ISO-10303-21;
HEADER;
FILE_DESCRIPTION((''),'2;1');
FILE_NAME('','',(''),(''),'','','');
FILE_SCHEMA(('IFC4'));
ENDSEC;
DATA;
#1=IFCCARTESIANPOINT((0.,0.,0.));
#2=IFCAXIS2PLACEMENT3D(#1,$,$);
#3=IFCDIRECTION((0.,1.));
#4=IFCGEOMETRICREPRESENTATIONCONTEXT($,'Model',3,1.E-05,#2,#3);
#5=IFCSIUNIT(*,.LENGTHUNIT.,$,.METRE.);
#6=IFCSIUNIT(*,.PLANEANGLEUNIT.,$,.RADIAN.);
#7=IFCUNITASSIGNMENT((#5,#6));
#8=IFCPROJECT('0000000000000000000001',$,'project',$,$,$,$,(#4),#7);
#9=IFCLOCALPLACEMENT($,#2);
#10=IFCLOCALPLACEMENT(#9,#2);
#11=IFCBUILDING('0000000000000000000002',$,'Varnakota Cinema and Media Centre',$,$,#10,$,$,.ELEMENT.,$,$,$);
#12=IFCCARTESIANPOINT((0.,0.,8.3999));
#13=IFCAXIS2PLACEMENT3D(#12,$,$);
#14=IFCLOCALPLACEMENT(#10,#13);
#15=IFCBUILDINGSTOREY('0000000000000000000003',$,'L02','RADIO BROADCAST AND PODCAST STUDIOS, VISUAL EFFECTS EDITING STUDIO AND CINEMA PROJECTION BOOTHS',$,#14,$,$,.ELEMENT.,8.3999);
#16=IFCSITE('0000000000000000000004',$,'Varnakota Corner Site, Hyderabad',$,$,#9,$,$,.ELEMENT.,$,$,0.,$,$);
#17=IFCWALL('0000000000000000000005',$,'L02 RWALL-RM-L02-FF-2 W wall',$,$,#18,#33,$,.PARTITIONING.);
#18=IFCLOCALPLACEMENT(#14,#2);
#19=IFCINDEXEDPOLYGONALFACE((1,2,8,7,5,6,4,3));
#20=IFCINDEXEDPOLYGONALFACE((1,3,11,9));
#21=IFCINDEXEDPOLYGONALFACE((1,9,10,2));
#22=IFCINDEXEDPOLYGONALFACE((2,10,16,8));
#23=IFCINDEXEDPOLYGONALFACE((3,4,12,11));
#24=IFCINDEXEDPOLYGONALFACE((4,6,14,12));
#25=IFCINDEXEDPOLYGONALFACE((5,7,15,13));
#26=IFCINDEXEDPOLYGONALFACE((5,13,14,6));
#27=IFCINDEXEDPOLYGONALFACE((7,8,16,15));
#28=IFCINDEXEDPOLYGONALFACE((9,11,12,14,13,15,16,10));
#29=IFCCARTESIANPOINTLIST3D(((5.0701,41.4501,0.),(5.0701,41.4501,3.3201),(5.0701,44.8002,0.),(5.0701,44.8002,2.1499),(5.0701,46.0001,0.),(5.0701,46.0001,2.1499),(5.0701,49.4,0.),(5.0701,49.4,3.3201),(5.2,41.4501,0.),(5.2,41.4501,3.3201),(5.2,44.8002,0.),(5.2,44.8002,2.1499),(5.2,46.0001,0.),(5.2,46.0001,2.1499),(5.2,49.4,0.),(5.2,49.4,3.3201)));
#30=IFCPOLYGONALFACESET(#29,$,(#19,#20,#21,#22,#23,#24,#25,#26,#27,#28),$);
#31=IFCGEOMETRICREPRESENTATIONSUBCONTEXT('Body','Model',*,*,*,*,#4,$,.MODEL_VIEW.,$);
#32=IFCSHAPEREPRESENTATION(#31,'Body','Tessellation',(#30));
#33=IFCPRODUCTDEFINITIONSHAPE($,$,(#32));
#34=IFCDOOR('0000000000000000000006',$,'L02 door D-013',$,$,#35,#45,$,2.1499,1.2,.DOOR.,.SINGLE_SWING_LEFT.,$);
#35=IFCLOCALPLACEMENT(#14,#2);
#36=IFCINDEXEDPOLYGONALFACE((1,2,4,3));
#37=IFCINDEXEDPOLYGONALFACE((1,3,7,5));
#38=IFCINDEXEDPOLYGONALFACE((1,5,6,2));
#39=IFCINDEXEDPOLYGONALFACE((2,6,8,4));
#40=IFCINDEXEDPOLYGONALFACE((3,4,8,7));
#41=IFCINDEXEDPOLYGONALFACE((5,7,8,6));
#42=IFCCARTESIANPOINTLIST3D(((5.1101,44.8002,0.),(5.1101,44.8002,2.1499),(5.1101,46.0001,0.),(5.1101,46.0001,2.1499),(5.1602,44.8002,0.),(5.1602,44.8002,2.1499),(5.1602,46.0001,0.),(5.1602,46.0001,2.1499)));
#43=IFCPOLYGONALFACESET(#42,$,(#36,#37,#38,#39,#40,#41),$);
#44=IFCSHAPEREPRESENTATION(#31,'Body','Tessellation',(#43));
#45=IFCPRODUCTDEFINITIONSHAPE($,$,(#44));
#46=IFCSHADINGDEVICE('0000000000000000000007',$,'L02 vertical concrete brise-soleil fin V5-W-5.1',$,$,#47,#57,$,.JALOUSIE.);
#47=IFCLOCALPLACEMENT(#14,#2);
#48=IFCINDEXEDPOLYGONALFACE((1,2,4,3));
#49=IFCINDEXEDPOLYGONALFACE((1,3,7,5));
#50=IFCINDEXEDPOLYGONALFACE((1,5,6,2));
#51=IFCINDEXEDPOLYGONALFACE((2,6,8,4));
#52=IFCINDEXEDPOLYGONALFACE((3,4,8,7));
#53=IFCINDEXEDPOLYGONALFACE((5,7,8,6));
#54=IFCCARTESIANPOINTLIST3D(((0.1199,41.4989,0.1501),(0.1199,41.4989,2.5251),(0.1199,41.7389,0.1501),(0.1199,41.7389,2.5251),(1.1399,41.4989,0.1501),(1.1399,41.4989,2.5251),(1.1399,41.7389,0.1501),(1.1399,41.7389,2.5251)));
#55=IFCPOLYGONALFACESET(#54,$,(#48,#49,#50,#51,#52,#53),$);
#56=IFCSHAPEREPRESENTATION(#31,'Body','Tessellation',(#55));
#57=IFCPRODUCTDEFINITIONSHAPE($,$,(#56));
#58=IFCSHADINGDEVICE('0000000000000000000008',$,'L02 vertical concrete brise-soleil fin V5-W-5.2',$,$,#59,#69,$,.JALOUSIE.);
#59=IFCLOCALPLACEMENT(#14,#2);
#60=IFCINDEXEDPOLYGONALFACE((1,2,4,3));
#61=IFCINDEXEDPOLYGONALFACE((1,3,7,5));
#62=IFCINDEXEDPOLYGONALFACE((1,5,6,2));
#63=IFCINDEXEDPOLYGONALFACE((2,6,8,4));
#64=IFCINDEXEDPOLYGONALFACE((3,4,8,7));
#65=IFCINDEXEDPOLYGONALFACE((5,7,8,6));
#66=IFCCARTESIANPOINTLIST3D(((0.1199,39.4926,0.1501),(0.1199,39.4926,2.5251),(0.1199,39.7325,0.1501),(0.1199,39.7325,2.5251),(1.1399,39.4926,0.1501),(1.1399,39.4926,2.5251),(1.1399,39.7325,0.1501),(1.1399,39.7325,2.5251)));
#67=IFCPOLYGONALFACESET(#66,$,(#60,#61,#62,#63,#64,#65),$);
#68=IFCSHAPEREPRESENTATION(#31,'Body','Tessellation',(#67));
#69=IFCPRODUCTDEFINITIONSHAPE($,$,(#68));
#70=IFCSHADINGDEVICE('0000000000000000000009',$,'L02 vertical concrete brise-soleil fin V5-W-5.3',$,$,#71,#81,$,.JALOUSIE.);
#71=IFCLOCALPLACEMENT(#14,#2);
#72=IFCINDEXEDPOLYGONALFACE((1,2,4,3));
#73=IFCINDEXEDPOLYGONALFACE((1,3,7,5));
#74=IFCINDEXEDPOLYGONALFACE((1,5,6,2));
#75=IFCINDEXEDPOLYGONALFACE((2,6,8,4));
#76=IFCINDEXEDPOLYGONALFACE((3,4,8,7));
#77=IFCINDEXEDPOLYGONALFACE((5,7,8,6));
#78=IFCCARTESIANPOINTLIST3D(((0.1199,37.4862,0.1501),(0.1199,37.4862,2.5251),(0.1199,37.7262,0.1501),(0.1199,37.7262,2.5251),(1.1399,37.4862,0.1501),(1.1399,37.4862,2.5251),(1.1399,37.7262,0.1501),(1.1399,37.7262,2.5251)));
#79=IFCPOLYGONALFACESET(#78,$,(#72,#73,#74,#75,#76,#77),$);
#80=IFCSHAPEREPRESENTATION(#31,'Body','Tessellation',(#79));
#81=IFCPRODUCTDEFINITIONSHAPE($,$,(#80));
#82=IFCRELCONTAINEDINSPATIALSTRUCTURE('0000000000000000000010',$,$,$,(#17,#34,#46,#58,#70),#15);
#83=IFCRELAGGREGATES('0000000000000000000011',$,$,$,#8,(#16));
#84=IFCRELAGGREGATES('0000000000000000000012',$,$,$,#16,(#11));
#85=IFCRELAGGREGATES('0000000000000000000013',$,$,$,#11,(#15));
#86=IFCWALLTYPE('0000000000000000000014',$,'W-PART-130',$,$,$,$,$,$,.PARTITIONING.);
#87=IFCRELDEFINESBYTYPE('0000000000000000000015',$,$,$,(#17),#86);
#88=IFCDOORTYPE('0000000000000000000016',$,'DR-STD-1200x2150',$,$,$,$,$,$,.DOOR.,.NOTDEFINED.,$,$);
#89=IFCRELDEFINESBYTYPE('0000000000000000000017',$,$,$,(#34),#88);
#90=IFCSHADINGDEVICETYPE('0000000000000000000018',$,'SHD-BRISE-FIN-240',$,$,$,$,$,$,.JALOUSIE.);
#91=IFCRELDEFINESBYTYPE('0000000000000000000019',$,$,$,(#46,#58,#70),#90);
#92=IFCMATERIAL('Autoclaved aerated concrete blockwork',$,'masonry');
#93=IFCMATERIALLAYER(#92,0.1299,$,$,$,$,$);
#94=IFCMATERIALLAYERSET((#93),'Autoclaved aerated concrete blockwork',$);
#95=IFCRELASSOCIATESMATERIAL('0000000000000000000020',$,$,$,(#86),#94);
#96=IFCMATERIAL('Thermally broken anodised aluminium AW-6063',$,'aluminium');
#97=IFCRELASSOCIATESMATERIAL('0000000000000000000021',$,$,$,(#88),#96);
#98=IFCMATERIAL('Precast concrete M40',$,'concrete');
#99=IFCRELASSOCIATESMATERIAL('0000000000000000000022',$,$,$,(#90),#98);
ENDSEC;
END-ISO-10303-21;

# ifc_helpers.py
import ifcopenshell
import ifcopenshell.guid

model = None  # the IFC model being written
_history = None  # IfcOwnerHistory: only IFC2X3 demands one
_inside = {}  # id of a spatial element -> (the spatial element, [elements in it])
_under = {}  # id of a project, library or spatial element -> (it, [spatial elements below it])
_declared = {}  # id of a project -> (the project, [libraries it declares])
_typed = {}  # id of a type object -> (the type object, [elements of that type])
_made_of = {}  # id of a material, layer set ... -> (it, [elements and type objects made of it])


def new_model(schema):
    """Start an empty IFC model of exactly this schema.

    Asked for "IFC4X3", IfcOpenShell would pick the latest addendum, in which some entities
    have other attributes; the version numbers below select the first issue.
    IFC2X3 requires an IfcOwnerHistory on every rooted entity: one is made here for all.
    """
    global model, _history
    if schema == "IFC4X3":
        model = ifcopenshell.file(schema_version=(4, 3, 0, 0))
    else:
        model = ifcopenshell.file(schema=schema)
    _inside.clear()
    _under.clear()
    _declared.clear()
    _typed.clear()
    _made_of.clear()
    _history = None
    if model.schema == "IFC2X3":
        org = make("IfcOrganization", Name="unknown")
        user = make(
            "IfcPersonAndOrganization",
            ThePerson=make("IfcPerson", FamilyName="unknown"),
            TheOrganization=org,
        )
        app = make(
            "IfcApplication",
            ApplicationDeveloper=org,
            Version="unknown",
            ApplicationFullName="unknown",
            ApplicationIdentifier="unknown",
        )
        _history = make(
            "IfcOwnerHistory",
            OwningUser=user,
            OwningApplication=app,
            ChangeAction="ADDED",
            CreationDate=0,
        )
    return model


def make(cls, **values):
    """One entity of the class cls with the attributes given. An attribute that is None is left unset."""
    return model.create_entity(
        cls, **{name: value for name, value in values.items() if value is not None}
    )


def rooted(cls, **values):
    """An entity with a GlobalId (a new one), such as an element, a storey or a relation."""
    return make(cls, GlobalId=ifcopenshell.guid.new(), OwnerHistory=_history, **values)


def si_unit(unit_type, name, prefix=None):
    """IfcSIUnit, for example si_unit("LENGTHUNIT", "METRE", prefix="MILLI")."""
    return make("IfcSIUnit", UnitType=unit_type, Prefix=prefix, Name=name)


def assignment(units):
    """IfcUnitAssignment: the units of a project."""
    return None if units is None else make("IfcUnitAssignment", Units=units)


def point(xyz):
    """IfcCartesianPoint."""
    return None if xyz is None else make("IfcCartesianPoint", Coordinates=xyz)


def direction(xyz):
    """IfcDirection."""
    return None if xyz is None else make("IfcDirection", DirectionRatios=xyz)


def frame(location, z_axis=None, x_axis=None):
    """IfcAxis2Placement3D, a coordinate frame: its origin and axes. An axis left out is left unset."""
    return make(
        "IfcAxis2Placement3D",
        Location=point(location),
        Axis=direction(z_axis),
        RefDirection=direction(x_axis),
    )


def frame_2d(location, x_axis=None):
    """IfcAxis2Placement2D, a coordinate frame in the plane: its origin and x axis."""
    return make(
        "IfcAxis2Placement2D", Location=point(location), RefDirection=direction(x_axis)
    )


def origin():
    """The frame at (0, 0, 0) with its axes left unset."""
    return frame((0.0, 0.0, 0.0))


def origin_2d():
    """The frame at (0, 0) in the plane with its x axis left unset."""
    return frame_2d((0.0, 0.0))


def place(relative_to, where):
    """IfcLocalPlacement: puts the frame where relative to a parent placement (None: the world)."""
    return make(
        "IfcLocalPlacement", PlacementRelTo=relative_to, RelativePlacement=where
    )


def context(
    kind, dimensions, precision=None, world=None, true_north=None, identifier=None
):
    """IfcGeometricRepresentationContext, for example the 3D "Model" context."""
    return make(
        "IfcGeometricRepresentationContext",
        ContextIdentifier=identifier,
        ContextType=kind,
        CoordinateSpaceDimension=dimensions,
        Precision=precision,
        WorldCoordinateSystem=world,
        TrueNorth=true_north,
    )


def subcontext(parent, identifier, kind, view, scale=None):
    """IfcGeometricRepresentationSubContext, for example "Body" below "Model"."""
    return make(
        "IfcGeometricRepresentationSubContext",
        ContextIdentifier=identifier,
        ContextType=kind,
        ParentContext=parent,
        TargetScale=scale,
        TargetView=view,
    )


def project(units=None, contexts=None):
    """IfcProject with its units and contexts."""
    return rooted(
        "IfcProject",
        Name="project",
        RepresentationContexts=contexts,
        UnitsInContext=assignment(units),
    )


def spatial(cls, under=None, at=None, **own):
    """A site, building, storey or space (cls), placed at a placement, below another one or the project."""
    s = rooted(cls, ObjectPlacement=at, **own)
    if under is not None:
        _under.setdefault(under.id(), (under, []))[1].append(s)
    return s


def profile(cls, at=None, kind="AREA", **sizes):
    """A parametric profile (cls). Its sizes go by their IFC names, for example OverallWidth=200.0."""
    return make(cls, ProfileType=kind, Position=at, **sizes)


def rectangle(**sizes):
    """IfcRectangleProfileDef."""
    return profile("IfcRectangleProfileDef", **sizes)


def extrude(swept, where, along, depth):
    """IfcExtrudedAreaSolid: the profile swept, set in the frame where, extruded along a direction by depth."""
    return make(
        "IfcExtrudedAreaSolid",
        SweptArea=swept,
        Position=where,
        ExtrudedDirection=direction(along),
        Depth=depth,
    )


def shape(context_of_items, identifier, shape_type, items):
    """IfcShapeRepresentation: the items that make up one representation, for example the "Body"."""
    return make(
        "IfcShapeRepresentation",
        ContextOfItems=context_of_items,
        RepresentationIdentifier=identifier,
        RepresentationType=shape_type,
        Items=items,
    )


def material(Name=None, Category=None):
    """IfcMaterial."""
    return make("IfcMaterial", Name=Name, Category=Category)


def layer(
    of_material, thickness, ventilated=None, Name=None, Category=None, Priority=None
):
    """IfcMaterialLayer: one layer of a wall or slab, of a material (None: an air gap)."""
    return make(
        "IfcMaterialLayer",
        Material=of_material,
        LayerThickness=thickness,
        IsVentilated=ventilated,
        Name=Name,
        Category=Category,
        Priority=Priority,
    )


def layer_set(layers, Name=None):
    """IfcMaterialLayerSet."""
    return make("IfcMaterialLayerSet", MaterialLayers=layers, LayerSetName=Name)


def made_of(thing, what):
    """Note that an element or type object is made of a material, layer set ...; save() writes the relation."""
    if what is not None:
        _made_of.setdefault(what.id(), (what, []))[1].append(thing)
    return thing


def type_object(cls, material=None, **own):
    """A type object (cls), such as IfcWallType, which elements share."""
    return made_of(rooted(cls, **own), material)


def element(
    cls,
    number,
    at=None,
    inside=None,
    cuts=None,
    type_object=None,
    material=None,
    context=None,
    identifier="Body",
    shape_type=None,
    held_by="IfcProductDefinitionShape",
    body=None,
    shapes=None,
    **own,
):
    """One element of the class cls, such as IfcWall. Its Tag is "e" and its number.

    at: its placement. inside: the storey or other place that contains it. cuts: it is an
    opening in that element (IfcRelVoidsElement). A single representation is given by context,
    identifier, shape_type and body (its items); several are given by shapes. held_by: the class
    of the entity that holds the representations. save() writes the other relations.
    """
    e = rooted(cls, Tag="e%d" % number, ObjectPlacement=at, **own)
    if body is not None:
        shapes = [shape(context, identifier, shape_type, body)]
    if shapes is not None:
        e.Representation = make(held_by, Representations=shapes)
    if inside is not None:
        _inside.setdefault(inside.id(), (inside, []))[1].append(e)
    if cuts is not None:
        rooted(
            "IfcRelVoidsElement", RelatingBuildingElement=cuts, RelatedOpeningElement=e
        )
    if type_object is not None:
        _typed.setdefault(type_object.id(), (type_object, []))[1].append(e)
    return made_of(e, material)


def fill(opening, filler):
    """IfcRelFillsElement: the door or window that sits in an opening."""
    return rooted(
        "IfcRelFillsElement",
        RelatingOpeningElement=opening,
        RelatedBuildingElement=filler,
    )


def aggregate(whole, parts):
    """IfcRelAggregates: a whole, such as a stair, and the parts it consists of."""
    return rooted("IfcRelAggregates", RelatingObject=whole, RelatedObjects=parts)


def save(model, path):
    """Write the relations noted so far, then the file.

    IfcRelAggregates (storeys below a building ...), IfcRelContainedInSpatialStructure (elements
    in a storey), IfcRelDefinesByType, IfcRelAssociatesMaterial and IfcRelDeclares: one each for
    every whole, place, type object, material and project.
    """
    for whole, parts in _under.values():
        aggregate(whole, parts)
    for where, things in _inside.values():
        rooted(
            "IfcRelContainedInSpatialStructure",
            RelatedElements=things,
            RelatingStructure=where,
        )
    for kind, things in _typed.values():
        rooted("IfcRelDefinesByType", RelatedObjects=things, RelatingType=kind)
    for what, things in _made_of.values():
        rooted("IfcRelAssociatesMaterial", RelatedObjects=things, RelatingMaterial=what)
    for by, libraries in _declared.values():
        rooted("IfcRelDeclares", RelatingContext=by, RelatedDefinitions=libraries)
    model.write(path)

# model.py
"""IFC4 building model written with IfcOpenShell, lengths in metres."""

from ifc_helpers import new_model, si_unit, direction, frame, frame_2d, origin, origin_2d, place, context, subcontext, project, spatial, rectangle, extrude, material, layer, layer_set, type_object, element, fill, save


model = new_model("IFC4")

# Units and contexts
model_context = context("Model", 3, precision=1e-05, world=origin(), true_north=direction((0.0, 1.0)))
body_context = subcontext(model_context, "Body", "Model", "MODEL_VIEW")
ifc_project = project(units=[si_unit("LENGTHUNIT", "METRE"), si_unit("PLANEANGLEUNIT", "RADIAN")], contexts=[model_context])

# Site, building, storey
site_placement = place(None, origin())
site = spatial("IfcSite", under=ifc_project, at=site_placement, Name="Varnakota Corner Site, Hyderabad", CompositionType="ELEMENT", RefElevation=0.0)
building_placement = place(site_placement, origin())
building = spatial("IfcBuilding", under=site, at=building_placement, Name="Varnakota Cinema and Media Centre", CompositionType="ELEMENT")
storey_placement = place(building_placement, frame((0.0, 0.0, 8.3999)))
storey = spatial("IfcBuildingStorey", under=building, at=storey_placement, Name="L02", Description="RADIO BROADCAST AND PODCAST STUDIOS, VISUAL EFFECTS EDITING STUDIO AND CINEMA PROJECTION BOOTHS", CompositionType="ELEMENT", Elevation=8.3999)

# Wall, opening, door
ifc_material_1 = material(Name="Autoclaved aerated concrete blockwork", Category="masonry")
ifc_layer_1 = layer(ifc_material_1, 0.1299)
ifc_layer_set_1 = layer_set([ifc_layer_1], Name="Autoclaved aerated concrete blockwork")
wall_type_1 = type_object("IfcWallType", Name="W-PART-130", PredefinedType="PARTITIONING", material=ifc_layer_set_1)
wall_1_placement = place(storey_placement, frame((5.135, 41.45, 0.0), z_axis=(0.0, 0.0, 1.0), x_axis=(0.0, 1.0, 0.0)))
wall_1 = element("IfcWall", 1, at=wall_1_placement, inside=storey, type_object=wall_type_1, Name="L02 RWALL-RM-L02-FF-2 W wall", PredefinedType="PARTITIONING", context=body_context, shape_type="SweptSolid", body=[
    extrude(rectangle(XDim=7.95, YDim=0.1299, at=frame_2d((3.9751, 0.0))), origin(), (0.0, 0.0, 1.0), 3.3201),
])
opening_1_placement = place(wall_1_placement, frame((3.3501, 0.0, 0.0)))
opening_1 = element("IfcOpeningElement", 2, at=opening_1_placement, cuts=wall_1, PredefinedType="OPENING", context=body_context, shape_type="SweptSolid", body=[
    extrude(rectangle(XDim=1.2, YDim=2.1499, at=frame_2d((0.6001, 1.075))), frame((0.0, 0.0649, 0.0), z_axis=(0.0, -1.0, 0.0), x_axis=(1.0, 0.0, 0.0)), (0.0, 0.0, 1.0), 0.1299),
])
ifc_material_2 = material(Name="Thermally broken anodised aluminium AW-6063", Category="aluminium")
door_type_1 = type_object("IfcDoorType", Name="DR-STD-1200x2150", OperationType="NOTDEFINED", PredefinedType="DOOR", material=ifc_material_2)
door_1_placement = place(opening_1_placement, origin())
door_1 = element("IfcDoor", 3, at=door_1_placement, inside=storey, type_object=door_type_1, Name="L02 door D-013", OperationType="SINGLE_SWING_LEFT", OverallHeight=2.1499, OverallWidth=1.2, PredefinedType="DOOR", context=body_context, shape_type="SweptSolid", body=[
    extrude(rectangle(XDim=1.2, YDim=2.1499, at=frame_2d((0.6001, 1.075))), frame((0.0, 0.0249, 0.0), z_axis=(0.0, -1.0, 0.0), x_axis=(1.0, 0.0, 0.0)), (0.0, 0.0, 1.0), 0.05),
])
fill(opening_1, door_1)

# Shading devices
ifc_material_3 = material(Name="Precast concrete M40", Category="concrete")
shading_device_type = type_object("IfcShadingDeviceType", Name="SHD-BRISE-FIN-240", PredefinedType="JALOUSIE", material=ifc_material_3)
for number, where, z_axis, x_axis, name in (
    (4, (0.6299, 41.6189, 0.1501), (0.0, 0.0, 1.0), (0.0, -1.0, 0.0), "L02 vertical concrete brise-soleil fin V5-W-5.1"),
    (5, (0.6299, 39.6125, 0.1501), (0.0, 0.0, 1.0), (0.0, -1.0, 0.0), "L02 vertical concrete brise-soleil fin V5-W-5.2"),
    (6, (0.6299, 37.6062, 0.1501), (0.0, 0.0, 1.0), (0.0, -1.0, 0.0), "L02 vertical concrete brise-soleil fin V5-W-5.3"),
):
    element("IfcShadingDevice", number, at=place(storey_placement, frame(where, z_axis=z_axis, x_axis=x_axis)), inside=storey, type_object=shading_device_type, Name=name, PredefinedType="JALOUSIE", context=body_context, shape_type="SweptSolid", body=[
        extrude(rectangle(XDim=0.24, YDim=1.02, at=origin_2d()), origin(), (0.0, 0.0, 1.0), 2.375),
    ])

save(model, "model.ifc")
